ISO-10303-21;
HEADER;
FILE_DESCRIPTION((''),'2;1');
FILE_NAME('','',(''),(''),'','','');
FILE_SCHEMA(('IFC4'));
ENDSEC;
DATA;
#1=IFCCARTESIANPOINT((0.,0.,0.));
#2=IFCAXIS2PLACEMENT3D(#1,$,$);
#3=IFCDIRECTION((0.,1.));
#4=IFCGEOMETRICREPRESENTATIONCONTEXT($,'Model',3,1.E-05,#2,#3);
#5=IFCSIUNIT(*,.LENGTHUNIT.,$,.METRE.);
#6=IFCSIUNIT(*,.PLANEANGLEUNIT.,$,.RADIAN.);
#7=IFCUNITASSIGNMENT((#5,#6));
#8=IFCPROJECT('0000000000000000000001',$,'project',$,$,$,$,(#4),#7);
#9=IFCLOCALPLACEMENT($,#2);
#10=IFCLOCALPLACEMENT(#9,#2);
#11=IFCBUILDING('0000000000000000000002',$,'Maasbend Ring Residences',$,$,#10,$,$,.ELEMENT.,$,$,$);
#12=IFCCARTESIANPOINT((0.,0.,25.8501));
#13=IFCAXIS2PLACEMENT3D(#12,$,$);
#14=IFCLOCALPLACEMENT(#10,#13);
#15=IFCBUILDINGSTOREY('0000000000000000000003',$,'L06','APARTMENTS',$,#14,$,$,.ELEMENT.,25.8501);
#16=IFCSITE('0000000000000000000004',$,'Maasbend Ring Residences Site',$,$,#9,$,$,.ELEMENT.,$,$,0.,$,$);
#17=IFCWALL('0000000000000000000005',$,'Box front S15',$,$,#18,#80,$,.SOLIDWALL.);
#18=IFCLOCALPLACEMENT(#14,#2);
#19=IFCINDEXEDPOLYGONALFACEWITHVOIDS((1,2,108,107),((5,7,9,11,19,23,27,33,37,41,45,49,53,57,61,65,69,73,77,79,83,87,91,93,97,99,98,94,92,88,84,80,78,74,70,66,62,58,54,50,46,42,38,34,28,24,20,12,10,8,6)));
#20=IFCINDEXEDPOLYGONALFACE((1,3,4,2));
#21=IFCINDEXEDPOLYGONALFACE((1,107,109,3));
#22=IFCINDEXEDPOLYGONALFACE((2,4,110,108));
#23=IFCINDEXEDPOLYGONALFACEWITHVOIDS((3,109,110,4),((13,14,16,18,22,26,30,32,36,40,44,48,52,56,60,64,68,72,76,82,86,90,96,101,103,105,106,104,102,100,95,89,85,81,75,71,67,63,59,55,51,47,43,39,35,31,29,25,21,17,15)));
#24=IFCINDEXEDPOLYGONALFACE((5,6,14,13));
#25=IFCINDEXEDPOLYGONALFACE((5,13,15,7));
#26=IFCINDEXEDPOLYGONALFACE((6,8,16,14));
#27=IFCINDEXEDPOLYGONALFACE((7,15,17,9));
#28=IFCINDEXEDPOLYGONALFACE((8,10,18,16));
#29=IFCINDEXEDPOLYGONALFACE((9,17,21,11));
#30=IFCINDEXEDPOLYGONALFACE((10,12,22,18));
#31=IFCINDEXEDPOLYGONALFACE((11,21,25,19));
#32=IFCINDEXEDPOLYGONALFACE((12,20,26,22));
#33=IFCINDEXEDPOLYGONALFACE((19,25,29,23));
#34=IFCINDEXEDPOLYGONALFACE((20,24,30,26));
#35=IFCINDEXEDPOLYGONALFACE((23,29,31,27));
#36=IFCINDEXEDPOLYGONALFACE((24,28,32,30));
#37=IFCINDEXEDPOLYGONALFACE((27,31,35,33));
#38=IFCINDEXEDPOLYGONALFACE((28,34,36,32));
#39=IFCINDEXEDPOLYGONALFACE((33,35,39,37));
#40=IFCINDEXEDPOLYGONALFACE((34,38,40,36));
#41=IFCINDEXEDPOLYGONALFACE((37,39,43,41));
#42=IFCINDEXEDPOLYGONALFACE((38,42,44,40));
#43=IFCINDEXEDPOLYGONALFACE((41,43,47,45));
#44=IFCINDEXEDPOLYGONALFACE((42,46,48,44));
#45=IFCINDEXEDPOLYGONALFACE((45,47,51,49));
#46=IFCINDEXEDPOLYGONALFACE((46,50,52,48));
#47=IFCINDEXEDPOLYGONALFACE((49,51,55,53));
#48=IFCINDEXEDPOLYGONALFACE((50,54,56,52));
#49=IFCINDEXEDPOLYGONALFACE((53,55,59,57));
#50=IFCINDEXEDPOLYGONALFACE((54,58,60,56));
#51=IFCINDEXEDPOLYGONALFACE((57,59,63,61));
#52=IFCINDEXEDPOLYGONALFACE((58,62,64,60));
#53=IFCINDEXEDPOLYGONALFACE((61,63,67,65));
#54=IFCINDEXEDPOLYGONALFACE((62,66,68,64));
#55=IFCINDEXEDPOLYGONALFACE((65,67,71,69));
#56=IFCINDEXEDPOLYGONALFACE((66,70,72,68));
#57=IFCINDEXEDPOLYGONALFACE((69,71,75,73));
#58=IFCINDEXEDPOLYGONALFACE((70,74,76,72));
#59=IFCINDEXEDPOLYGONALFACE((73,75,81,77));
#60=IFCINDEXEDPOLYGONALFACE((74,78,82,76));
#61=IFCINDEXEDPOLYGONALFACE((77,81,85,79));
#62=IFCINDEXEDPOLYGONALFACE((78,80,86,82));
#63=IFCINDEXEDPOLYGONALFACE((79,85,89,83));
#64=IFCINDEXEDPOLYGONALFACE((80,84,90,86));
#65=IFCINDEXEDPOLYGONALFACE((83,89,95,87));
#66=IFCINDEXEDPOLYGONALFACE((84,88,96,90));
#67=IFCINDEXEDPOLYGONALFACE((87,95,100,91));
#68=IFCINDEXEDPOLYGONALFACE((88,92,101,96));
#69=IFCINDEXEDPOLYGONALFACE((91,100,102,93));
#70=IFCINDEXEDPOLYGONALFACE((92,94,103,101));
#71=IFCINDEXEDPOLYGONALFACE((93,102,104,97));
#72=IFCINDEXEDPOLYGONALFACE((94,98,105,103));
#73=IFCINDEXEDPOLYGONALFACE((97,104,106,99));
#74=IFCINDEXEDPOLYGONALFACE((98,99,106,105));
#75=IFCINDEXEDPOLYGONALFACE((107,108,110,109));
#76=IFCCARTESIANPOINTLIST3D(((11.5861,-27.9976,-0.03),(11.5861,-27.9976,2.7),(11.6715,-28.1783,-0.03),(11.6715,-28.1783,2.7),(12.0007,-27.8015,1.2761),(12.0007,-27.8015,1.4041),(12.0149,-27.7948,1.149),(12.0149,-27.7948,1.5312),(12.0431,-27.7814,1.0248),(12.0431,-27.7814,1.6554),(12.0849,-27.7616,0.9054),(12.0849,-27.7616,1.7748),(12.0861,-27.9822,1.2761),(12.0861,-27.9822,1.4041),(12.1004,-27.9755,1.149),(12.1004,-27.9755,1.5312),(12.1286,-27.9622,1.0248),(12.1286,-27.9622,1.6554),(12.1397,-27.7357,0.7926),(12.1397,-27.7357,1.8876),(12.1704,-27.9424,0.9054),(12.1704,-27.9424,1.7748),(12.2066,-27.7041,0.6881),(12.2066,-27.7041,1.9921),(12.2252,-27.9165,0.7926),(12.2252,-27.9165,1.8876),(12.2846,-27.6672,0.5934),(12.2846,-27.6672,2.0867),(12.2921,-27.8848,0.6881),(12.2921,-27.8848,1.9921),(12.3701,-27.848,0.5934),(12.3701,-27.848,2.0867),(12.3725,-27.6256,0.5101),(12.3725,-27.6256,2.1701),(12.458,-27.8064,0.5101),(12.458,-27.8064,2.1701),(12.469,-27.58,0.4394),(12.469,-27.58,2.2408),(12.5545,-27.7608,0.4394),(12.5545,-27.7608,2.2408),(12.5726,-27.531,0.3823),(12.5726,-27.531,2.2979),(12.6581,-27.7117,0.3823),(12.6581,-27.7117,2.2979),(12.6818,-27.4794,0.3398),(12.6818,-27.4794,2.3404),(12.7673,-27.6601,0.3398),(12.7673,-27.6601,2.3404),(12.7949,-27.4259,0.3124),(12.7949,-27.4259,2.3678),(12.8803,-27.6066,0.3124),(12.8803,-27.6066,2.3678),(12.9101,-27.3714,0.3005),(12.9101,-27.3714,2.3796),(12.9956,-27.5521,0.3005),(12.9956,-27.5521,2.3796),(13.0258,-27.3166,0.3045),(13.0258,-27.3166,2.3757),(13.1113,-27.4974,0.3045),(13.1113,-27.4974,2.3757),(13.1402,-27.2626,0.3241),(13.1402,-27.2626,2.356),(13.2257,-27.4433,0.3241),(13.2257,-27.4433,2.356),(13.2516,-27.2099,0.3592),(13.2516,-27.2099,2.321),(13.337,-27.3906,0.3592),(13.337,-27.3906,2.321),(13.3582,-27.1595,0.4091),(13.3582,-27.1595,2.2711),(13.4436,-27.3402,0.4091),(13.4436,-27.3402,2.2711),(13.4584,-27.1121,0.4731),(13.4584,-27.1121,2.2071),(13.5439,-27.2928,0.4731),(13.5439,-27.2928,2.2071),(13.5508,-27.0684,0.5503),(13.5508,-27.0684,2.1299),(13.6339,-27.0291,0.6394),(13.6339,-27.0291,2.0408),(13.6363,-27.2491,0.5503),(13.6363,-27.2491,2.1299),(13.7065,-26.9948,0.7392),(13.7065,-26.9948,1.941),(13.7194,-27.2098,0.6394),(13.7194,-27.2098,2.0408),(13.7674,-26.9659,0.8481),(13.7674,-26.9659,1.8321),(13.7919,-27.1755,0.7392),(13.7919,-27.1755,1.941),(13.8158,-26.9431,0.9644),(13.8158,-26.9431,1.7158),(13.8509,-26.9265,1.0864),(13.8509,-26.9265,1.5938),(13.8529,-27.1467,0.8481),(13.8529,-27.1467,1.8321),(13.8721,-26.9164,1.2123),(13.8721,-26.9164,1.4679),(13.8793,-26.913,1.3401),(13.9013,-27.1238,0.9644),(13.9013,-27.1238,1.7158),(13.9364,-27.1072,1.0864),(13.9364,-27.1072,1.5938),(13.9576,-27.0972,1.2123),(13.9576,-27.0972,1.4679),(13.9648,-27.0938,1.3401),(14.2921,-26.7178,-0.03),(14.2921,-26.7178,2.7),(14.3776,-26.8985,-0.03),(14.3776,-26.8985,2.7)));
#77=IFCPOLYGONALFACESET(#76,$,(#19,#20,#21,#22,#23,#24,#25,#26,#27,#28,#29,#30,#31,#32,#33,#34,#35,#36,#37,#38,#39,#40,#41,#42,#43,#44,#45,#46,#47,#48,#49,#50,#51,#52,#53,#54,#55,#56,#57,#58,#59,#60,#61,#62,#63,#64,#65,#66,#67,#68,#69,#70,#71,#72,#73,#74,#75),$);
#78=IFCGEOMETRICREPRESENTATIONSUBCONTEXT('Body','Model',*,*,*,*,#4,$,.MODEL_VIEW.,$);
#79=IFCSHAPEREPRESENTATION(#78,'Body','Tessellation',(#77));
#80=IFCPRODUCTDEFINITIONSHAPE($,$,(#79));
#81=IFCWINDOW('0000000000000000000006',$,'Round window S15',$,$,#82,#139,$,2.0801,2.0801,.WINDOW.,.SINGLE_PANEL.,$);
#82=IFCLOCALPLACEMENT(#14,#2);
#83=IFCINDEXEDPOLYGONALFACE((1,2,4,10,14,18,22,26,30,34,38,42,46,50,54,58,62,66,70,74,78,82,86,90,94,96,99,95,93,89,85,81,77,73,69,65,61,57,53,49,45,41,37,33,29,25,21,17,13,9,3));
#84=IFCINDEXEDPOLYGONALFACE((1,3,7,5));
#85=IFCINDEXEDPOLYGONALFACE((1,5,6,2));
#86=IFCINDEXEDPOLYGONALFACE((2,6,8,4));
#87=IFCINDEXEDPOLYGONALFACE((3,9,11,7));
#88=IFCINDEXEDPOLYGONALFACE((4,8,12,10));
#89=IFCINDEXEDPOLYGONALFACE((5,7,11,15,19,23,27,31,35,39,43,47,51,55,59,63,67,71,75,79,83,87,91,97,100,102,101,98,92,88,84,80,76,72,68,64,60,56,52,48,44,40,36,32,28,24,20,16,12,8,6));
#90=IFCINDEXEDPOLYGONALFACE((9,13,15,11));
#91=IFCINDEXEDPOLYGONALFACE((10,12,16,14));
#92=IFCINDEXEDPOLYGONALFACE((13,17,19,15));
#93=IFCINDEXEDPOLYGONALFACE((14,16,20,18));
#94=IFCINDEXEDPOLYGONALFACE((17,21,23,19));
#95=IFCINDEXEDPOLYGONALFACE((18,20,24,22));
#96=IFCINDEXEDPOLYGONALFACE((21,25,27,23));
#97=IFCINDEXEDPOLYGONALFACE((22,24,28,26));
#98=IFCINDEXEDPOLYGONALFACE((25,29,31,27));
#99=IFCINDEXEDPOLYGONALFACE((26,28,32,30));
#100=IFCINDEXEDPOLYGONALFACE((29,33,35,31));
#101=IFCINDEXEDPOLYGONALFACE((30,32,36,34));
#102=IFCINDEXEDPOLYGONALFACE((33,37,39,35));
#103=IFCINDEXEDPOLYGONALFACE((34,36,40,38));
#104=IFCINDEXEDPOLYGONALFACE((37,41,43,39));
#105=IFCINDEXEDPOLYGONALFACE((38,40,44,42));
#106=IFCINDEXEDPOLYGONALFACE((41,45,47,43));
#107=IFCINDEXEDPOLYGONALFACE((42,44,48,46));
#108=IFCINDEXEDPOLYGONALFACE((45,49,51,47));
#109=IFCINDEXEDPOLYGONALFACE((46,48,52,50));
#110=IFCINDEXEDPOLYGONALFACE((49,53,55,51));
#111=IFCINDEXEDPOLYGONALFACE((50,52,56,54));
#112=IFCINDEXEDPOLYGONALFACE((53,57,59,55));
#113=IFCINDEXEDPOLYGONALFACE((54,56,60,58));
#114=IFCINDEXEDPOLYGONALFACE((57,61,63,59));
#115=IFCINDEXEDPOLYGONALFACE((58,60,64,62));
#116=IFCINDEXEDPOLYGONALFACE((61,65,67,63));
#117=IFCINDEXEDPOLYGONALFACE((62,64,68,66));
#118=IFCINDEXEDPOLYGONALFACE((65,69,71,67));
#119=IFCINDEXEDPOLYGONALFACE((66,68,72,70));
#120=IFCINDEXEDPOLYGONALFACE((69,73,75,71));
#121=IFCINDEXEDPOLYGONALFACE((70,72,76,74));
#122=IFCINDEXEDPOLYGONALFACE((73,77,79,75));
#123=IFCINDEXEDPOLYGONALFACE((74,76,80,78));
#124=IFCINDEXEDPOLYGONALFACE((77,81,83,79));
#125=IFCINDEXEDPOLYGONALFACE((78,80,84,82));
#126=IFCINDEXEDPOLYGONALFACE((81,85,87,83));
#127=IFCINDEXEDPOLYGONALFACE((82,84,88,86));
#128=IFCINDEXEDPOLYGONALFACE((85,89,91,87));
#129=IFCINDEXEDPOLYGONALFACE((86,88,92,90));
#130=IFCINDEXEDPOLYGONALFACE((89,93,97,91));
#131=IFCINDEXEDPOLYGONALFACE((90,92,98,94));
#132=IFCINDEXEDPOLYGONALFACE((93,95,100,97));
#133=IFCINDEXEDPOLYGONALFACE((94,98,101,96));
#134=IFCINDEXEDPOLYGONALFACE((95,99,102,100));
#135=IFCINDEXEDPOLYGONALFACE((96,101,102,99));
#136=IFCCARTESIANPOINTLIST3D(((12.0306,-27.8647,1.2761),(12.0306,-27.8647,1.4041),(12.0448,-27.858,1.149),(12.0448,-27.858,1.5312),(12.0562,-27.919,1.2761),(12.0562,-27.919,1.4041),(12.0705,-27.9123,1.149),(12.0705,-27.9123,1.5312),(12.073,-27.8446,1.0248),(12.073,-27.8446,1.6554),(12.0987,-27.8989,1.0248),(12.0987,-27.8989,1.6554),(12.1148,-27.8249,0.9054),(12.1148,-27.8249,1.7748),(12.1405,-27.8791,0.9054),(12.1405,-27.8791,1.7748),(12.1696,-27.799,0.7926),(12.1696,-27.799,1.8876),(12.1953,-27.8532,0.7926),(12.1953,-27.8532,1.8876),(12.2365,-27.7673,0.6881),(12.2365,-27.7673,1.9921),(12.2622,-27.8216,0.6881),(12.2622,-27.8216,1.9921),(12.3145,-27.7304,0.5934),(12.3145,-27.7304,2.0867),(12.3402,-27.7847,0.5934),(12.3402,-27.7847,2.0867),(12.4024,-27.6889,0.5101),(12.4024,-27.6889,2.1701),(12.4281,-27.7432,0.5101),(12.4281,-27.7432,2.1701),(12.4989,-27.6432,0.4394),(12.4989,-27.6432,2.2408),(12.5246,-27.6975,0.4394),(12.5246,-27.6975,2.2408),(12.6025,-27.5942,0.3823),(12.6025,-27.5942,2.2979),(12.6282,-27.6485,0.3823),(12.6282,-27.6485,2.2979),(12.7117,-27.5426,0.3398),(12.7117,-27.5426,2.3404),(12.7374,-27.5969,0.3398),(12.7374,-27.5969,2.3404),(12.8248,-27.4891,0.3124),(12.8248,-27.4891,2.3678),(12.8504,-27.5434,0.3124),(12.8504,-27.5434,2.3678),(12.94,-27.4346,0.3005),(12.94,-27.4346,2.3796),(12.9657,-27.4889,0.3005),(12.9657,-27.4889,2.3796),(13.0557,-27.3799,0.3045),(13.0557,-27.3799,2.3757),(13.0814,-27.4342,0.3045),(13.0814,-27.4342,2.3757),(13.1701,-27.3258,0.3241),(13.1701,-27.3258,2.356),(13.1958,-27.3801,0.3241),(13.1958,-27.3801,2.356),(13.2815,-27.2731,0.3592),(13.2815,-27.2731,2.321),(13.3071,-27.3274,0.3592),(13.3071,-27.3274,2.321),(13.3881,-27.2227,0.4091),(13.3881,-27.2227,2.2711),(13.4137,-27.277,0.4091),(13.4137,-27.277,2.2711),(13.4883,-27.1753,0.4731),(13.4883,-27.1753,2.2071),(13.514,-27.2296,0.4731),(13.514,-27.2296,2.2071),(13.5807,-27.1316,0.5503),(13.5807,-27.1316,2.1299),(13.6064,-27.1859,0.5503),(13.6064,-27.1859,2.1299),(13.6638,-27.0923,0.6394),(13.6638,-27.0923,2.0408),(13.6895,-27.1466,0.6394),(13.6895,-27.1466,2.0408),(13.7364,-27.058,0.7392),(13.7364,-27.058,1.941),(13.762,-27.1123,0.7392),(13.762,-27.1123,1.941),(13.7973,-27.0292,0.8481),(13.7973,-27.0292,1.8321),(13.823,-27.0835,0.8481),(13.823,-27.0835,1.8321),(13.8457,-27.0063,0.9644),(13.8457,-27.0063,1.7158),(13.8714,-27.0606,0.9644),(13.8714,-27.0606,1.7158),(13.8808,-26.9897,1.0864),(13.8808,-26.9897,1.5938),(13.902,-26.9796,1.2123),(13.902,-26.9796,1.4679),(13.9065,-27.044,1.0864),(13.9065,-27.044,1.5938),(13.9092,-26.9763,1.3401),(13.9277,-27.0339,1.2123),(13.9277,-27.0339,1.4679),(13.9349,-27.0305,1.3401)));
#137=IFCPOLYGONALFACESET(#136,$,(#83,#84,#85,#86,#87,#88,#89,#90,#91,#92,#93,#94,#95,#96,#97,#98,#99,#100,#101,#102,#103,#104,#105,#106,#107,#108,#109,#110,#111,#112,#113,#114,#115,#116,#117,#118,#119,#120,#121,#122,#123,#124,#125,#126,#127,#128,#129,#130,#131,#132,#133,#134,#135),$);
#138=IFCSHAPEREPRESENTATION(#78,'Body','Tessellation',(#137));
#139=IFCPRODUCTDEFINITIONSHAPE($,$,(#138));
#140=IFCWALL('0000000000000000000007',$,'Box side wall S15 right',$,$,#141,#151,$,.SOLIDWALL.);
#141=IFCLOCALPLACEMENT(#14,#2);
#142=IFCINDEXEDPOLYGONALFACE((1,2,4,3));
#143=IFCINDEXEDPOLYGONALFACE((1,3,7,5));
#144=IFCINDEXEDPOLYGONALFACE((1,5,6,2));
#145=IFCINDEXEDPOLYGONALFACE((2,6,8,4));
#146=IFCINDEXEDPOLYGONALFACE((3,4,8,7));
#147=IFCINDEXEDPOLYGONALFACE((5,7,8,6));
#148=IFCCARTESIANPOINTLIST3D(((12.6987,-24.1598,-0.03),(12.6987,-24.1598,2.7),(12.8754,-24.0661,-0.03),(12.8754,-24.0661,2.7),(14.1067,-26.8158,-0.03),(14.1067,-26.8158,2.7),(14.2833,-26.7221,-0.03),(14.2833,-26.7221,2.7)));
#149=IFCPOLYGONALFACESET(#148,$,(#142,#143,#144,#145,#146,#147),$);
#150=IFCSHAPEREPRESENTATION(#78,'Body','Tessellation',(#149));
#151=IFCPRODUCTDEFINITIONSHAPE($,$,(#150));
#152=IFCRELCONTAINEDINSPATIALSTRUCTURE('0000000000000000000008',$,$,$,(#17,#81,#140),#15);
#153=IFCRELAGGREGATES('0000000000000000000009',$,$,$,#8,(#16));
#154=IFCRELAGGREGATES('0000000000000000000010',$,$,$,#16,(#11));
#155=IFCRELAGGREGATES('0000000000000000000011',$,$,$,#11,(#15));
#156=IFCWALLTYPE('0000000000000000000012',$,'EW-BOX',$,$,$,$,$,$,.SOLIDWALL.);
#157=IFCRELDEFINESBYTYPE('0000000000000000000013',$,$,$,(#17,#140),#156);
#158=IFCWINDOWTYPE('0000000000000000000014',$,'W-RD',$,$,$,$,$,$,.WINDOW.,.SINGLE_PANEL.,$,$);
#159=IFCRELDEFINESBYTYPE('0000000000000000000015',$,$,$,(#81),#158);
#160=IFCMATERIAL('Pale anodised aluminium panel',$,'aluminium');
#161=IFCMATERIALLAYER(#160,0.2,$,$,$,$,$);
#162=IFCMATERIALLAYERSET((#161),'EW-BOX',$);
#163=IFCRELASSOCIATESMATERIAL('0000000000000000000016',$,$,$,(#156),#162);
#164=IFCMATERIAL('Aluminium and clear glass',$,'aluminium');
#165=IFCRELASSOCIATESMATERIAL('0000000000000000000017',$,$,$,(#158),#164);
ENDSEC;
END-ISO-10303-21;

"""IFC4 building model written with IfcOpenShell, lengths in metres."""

from ifc_helpers import new_model, si_unit, direction, frame, frame_2d, origin, place, context, subcontext, project, spatial, rectangle, circle, extrude, material, layer, layer_set, type_object, element, fill, save


model = new_model("IFC4")

# Units and contexts
model_context = context("Model", 3, precision=1e-05, world=origin(), true_north=direction((0.0, 1.0)))
body_context = subcontext(model_context, "Body", "Model", "MODEL_VIEW")
ifc_project = project(units=[si_unit("LENGTHUNIT", "METRE"), si_unit("PLANEANGLEUNIT", "RADIAN")], contexts=[model_context])

# Site, building, storey
site_placement = place(None, origin())
site = spatial("IfcSite", under=ifc_project, at=site_placement, Name="Maasbend Ring Residences Site", CompositionType="ELEMENT", RefElevation=0.0)
building_placement = place(site_placement, origin())
building = spatial("IfcBuilding", under=site, at=building_placement, Name="Maasbend Ring Residences", CompositionType="ELEMENT")
storey_placement = place(building_placement, frame((0.0, 0.0, 25.8501)))
storey = spatial("IfcBuildingStorey", under=building, at=storey_placement, Name="L06", Description="APARTMENTS", CompositionType="ELEMENT", Elevation=25.8501)

# Wall, opening, window
ifc_material_1 = material(Name="Pale anodised aluminium panel", Category="aluminium")
ifc_layer_1 = layer(ifc_material_1, 0.2)
ifc_layer_set_1 = layer_set([ifc_layer_1], Name="EW-BOX")
wall_type_1 = type_object("IfcWallType", Name="EW-BOX", PredefinedType="SOLIDWALL", material=ifc_layer_set_1)
wall_1_placement = place(storey_placement, frame((11.6289, -28.0879, -0.03), z_axis=(0.0, 0.0, 1.0), x_axis=(0.904, 0.427532, 0.0)))
wall_1 = element("IfcWall", 1, at=wall_1_placement, inside=storey, type_object=wall_type_1, Name="Box front S15", PredefinedType="SOLIDWALL", context=body_context, shape_type="SweptSolid", body=[
    extrude(rectangle(XDim=2.9934, YDim=0.2, at=frame_2d((1.4966, 0.0))), origin(), (0.0, 0.0, 1.0), 2.73),
])
opening_1_placement = place(wall_1_placement, frame((0.4565, 0.0, 0.3301)))
opening_1 = element("IfcOpeningElement", 2, at=opening_1_placement, cuts=wall_1, PredefinedType="OPENING", context=body_context, shape_type="SweptSolid", body=[
    extrude(circle(Radius=1.04, at=frame_2d((1.04, 1.04))), frame((0.0, 0.1099, 0.0), z_axis=(0.0, -1.0, 0.0), x_axis=(1.0, 0.0, 0.0)), (0.0, 0.0, 1.0), 0.22),
])
ifc_material_2 = material(Name="Aluminium and clear glass", Category="aluminium")
window_type_1 = type_object("IfcWindowType", Name="W-RD", PartitioningType="SINGLE_PANEL", PredefinedType="WINDOW", material=ifc_material_2)
window_1_placement = place(opening_1_placement, origin())
window_1 = element("IfcWindow", 3, at=window_1_placement, inside=storey, type_object=window_type_1, Name="Round window S15", OverallHeight=2.0801, OverallWidth=2.0801, PartitioningType="SINGLE_PANEL", PredefinedType="WINDOW", context=body_context, shape_type="SweptSolid", body=[
    extrude(circle(Radius=1.04, at=frame_2d((1.04, 1.04))), frame((0.0, 0.03, 0.0), z_axis=(0.0, -1.0, 0.0), x_axis=(1.0, 0.0, 0.0)), (0.0, 0.0, 1.0), 0.0601),
])
fill(opening_1, window_1)

# Wall
wall_2_placement = place(storey_placement, frame((12.7871, -24.113, -0.03), z_axis=(0.0, 0.0, 1.0), x_axis=(0.468365, -0.883535, 0.0)))
element("IfcWall", 4, at=wall_2_placement, inside=storey, type_object=wall_type_1, Name="Box side wall S15 right", PredefinedType="SOLIDWALL", context=body_context, shape_type="SweptSolid", body=[
    extrude(rectangle(XDim=3.0061, YDim=0.2, at=frame_2d((1.5029, 0.0))), origin(), (0.0, 0.0, 1.0), 2.73),
])

save(model, "model.ifc")
